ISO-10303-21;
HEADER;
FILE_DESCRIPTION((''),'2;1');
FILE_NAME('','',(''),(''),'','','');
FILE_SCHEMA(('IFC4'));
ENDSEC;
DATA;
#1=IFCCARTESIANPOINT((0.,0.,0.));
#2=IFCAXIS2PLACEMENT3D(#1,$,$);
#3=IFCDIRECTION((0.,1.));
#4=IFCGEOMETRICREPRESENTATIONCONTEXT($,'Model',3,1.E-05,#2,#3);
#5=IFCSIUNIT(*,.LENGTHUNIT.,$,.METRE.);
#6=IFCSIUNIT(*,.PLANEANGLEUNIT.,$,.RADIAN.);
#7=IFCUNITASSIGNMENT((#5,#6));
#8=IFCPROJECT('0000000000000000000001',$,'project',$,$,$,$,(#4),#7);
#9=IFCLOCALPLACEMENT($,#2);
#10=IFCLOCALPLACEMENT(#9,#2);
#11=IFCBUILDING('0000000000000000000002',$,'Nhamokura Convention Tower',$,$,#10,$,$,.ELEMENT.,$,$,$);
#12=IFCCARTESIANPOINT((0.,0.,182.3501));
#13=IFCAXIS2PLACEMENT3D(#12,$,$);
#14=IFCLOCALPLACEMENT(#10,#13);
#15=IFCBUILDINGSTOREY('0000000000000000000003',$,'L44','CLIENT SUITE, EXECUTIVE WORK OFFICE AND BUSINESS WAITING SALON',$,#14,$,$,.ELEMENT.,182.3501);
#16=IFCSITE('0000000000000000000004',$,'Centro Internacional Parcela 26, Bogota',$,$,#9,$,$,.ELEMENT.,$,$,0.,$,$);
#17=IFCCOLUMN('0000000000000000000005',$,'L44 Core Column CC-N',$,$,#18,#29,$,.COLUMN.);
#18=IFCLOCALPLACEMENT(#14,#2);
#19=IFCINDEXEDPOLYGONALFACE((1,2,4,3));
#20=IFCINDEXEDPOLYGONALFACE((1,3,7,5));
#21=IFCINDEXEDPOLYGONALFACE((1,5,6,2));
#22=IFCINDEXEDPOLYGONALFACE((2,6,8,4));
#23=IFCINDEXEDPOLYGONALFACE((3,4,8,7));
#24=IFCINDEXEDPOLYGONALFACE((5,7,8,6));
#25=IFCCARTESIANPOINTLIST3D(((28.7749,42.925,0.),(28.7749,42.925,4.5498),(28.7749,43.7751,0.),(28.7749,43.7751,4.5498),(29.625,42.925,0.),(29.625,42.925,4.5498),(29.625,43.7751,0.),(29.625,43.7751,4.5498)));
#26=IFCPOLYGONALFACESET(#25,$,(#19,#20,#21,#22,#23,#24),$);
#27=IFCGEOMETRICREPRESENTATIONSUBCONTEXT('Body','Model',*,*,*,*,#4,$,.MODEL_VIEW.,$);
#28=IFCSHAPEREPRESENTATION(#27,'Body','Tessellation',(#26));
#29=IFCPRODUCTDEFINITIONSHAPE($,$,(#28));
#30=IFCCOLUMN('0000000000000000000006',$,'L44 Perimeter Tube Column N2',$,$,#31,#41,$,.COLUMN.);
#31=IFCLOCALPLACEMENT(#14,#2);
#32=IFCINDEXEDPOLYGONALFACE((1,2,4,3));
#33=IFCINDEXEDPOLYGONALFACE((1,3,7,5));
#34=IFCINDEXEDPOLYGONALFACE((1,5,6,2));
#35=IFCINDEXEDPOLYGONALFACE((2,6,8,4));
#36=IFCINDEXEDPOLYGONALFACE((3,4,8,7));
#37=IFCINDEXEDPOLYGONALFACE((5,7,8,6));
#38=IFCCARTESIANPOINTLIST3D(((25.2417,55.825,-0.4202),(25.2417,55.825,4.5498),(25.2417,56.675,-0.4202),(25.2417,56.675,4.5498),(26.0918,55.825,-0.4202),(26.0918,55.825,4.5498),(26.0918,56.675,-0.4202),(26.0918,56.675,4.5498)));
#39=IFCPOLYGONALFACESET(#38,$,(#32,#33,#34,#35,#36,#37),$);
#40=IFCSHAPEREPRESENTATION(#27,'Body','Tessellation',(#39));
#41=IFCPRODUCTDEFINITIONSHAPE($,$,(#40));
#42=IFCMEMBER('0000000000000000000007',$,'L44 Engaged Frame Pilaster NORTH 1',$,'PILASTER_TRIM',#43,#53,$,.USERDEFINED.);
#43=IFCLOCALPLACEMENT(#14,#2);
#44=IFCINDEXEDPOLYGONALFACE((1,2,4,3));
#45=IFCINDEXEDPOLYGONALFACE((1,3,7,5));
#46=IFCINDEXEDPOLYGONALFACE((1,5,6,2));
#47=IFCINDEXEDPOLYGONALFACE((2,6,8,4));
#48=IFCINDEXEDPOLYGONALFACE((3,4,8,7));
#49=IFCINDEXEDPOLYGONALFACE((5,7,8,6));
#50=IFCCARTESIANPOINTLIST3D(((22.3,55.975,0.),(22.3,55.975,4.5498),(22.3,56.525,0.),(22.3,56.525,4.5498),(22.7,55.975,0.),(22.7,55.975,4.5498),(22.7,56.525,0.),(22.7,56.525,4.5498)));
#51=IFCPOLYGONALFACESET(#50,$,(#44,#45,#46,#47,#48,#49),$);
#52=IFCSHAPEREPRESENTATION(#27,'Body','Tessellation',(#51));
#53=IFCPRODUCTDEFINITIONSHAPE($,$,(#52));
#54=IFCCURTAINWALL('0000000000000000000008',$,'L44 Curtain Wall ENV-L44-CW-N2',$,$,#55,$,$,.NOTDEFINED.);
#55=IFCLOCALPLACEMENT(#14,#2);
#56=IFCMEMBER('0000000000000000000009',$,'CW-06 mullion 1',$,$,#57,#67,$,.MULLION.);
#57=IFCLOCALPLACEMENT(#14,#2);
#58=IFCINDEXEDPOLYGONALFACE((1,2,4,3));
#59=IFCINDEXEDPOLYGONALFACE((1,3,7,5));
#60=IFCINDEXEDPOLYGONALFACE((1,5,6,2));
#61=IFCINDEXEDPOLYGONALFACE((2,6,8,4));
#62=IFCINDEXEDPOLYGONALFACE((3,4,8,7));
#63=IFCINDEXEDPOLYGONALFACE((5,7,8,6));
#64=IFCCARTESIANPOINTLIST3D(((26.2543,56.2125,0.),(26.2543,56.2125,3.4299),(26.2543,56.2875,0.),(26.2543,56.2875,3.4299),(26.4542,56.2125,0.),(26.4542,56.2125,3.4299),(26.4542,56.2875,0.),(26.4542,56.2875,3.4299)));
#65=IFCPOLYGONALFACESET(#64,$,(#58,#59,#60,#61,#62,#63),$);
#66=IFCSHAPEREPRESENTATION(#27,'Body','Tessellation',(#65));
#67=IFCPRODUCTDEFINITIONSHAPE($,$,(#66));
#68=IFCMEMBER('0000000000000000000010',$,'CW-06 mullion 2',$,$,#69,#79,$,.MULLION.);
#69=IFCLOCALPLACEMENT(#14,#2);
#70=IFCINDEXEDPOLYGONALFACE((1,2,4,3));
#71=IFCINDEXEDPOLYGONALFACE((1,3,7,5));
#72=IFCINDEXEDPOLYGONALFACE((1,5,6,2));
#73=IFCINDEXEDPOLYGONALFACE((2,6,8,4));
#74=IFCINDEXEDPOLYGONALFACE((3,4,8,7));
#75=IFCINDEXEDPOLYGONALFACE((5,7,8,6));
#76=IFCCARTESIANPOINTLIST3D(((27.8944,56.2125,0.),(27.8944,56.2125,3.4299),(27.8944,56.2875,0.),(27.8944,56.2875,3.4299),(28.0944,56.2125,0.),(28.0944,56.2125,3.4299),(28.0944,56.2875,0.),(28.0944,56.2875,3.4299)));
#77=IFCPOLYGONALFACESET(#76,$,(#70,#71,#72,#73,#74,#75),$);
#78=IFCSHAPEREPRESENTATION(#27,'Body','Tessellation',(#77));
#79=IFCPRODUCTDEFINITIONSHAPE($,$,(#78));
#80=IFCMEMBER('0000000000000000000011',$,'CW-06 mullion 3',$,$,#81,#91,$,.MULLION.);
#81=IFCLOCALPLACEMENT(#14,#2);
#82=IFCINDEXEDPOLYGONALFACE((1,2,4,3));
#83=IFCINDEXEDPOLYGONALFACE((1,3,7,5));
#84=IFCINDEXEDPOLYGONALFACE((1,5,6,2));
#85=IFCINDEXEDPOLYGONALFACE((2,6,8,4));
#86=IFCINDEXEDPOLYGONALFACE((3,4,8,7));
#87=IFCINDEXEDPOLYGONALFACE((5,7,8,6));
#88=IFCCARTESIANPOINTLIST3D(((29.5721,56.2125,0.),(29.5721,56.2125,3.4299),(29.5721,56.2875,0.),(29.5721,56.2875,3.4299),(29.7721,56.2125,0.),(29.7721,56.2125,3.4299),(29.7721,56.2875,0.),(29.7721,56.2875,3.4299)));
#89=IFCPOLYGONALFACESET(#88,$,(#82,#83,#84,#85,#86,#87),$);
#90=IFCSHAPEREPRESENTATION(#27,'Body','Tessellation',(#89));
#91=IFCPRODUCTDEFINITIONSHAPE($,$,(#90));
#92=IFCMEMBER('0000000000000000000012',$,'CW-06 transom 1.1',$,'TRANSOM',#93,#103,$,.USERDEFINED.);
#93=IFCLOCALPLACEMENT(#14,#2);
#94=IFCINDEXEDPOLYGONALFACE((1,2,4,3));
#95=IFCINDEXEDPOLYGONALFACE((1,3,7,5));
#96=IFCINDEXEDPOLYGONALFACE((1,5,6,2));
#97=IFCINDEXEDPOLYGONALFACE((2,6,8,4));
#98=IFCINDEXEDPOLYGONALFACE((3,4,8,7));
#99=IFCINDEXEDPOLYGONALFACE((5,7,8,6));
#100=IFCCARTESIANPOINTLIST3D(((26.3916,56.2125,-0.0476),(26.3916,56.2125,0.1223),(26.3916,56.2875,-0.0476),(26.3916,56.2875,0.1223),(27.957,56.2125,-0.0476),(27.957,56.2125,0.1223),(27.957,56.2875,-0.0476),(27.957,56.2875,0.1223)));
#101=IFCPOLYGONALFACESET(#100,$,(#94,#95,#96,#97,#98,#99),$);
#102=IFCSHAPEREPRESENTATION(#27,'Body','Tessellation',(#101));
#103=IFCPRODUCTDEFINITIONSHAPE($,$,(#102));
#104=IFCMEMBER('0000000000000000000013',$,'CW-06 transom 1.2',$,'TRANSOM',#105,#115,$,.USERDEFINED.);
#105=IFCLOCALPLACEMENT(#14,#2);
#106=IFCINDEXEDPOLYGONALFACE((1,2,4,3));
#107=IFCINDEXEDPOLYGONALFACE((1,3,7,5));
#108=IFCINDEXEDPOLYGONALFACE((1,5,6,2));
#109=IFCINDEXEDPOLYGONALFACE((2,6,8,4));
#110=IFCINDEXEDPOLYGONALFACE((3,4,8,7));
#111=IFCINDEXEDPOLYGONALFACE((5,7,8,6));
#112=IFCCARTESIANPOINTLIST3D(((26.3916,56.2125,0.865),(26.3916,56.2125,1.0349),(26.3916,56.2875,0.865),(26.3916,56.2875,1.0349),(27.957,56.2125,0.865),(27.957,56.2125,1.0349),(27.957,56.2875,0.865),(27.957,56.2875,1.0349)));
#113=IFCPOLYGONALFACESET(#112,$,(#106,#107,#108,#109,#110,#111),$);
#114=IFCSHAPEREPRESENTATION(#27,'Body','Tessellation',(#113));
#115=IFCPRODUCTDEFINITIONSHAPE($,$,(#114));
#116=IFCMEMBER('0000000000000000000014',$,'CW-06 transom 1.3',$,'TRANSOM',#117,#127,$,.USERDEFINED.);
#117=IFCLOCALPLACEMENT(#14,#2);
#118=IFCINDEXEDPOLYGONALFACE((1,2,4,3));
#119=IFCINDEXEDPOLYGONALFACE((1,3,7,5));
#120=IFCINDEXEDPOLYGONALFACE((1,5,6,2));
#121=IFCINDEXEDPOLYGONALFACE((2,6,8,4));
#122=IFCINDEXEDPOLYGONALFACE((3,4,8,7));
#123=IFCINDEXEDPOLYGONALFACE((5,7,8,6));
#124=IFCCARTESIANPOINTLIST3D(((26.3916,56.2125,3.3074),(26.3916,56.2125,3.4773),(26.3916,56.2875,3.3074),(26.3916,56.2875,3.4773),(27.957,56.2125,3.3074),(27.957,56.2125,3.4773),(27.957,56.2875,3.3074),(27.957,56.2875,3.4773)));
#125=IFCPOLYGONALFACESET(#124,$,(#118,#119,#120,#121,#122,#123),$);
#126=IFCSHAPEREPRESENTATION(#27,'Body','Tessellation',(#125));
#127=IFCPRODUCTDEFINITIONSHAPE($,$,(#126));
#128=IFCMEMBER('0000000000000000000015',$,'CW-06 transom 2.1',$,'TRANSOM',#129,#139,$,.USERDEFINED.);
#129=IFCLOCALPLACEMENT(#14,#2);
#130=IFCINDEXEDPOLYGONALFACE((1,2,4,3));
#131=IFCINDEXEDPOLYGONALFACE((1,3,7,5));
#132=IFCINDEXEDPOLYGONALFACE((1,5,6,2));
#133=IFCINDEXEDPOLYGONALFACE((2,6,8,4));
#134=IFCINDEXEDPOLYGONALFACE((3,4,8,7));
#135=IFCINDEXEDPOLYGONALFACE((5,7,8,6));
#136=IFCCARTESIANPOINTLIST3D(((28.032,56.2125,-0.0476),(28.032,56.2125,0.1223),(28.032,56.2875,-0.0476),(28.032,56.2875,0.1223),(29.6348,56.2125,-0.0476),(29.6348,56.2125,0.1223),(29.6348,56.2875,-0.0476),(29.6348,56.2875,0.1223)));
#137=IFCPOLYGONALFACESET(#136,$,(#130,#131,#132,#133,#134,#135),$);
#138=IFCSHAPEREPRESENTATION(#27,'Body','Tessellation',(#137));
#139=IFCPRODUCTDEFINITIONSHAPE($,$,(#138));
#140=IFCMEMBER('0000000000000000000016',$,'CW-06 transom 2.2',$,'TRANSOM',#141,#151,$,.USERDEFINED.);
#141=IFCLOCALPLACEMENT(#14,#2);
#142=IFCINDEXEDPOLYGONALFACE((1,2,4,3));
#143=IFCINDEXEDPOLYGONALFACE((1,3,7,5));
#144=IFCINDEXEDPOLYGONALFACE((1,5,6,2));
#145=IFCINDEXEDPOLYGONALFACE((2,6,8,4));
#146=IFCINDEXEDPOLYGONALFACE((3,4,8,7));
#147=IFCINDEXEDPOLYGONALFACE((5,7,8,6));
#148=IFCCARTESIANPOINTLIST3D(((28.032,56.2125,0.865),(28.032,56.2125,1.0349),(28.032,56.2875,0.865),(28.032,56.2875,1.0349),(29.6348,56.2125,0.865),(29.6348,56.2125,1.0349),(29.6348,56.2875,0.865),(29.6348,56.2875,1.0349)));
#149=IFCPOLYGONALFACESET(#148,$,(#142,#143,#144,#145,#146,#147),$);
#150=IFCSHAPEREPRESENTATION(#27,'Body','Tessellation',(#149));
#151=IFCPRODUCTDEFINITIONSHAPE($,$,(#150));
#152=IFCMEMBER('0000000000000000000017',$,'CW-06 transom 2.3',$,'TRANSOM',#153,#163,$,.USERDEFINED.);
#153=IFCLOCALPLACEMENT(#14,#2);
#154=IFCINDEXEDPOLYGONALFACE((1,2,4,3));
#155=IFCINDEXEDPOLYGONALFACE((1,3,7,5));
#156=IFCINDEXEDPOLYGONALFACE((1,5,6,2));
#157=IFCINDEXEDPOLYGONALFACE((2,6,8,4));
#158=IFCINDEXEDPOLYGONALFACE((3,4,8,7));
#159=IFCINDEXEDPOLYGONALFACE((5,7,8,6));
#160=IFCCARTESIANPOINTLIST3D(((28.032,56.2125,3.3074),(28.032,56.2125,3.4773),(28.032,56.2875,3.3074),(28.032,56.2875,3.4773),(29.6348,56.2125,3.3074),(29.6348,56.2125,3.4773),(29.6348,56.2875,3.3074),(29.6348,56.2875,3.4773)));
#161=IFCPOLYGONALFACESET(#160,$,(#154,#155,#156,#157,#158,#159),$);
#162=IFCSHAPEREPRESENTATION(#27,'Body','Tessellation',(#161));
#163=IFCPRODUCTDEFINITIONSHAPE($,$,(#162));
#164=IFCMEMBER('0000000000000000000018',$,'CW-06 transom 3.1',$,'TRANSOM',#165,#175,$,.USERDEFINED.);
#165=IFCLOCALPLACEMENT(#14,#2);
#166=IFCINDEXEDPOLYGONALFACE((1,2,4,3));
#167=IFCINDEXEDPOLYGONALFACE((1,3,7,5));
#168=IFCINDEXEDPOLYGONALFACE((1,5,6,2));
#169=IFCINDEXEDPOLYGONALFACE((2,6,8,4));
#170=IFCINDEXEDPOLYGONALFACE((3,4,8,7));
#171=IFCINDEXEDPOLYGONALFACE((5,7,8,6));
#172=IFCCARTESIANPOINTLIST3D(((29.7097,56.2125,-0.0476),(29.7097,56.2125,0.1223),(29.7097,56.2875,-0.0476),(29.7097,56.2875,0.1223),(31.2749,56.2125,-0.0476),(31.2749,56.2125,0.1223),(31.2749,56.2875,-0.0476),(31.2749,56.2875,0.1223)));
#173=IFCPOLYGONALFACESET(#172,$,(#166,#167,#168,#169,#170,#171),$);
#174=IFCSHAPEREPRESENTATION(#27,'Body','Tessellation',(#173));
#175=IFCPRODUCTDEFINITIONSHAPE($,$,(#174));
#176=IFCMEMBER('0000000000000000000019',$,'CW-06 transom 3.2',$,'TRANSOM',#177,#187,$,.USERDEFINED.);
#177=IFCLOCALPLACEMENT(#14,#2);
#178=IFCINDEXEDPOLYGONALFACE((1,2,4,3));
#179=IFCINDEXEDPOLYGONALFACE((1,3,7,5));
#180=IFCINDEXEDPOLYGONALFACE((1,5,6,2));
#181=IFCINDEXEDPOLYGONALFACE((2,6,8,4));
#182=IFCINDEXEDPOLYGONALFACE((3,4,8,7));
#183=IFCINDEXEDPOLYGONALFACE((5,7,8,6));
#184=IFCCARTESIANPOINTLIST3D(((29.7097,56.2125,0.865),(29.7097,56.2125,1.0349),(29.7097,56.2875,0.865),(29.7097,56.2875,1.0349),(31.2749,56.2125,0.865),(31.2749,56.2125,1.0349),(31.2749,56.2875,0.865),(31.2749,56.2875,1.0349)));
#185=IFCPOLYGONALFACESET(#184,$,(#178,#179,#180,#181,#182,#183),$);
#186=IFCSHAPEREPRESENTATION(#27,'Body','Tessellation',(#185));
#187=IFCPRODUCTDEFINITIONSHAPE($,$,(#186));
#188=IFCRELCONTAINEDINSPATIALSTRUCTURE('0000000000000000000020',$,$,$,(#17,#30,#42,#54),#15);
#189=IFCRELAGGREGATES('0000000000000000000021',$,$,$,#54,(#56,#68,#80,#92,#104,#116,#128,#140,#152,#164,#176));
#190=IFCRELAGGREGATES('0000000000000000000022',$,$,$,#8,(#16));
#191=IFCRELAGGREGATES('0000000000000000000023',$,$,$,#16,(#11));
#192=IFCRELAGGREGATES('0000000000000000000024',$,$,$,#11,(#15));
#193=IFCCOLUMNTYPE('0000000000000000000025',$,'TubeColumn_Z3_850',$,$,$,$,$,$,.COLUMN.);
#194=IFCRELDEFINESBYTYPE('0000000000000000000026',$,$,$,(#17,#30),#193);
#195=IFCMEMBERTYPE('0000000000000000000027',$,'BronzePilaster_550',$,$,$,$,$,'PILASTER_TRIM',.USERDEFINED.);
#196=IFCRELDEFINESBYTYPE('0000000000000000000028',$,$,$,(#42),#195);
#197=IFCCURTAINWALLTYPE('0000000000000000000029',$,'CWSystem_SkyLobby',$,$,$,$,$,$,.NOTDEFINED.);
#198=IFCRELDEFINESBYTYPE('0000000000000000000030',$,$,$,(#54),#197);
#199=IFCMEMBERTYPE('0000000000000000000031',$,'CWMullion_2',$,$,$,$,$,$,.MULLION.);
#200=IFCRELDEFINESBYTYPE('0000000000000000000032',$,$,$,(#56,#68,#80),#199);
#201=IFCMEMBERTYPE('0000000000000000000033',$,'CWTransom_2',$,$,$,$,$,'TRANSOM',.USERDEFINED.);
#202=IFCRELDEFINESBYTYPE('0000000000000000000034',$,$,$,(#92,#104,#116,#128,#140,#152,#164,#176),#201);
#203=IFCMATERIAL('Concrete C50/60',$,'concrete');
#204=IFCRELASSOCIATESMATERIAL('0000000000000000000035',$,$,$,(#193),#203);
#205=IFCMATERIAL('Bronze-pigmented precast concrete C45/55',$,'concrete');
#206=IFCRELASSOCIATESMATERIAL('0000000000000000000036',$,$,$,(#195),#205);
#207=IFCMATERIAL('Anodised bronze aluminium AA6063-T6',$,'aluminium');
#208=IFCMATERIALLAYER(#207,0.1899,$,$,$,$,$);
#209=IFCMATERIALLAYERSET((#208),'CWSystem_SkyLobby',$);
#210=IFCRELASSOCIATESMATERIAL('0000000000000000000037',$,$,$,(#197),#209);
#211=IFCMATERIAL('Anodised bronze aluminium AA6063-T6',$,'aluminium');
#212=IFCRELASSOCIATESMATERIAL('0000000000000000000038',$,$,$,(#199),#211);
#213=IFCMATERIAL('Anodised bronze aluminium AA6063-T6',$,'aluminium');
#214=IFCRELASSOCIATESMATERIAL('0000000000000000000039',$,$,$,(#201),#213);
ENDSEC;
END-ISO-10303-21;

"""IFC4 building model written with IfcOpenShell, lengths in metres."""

from ifc_helpers import new_model, si_unit, direction, frame, origin, origin_2d, place, context, subcontext, project, spatial, rectangle, extrude, material, layer, layer_set, material_profile, profile_set, type_object, element, aggregate, save


model = new_model("IFC4")

# Units and contexts
model_context = context("Model", 3, precision=1e-05, world=origin(), true_north=direction((0.0, 1.0)))
body_context = subcontext(model_context, "Body", "Model", "MODEL_VIEW")
ifc_project = project(units=[si_unit("LENGTHUNIT", "METRE"), si_unit("PLANEANGLEUNIT", "RADIAN")], contexts=[model_context])

# Site, building, storey
site_placement = place(None, origin())
site = spatial("IfcSite", under=ifc_project, at=site_placement, Name="Centro Internacional Parcela 26, Bogota", CompositionType="ELEMENT", RefElevation=0.0)
building_placement = place(site_placement, origin())
building = spatial("IfcBuilding", under=site, at=building_placement, Name="Nhamokura Convention Tower", CompositionType="ELEMENT")
storey_placement = place(building_placement, frame((0.0, 0.0, 182.3501)))
storey = spatial("IfcBuildingStorey", under=building, at=storey_placement, Name="L44", Description="CLIENT SUITE, EXECUTIVE WORK OFFICE AND BUSINESS WAITING SALON", CompositionType="ELEMENT", Elevation=182.3501)

# Columns
ifc_material_1 = material(Name="Concrete C50/60", Category="concrete")
ifc_material_profile_1 = material_profile(ifc_material_1, rectangle(XDim=0.8501, YDim=0.8501, at=origin_2d()))
ifc_profile_set_1 = profile_set([ifc_material_profile_1], Name="Concrete C50/60")
column_type = type_object("IfcColumnType", Name="TubeColumn_Z3_850", PredefinedType="COLUMN", material=ifc_profile_set_1)
column_1_placement = place(storey_placement, frame((29.2, 43.3501, 0.0), z_axis=(0.0, 0.0, 1.0), x_axis=(1.0, 0.0, 0.0)))
element("IfcColumn", 1, at=column_1_placement, inside=storey, type_object=column_type, Name="L44 Core Column CC-N", PredefinedType="COLUMN", context=body_context, shape_type="SweptSolid", body=[
    extrude(rectangle(XDim=0.8501, YDim=0.8501, at=origin_2d()), origin(), (0.0, 0.0, 1.0), 4.5498),
])
column_2_placement = place(storey_placement, frame((25.6667, 56.25, -0.4202), z_axis=(0.0, 0.0, 1.0), x_axis=(1.0, 0.0, 0.0)))
element("IfcColumn", 2, at=column_2_placement, inside=storey, type_object=column_type, Name="L44 Perimeter Tube Column N2", PredefinedType="COLUMN", context=body_context, shape_type="SweptSolid", body=[
    extrude(rectangle(XDim=0.8501, YDim=0.8501, at=origin_2d()), origin(), (0.0, 0.0, 1.0), 4.97),
])

# Member
ifc_material_2 = material(Name="Bronze-pigmented precast concrete C45/55", Category="concrete")
ifc_material_profile_2 = material_profile(ifc_material_2, rectangle(XDim=0.3999, YDim=0.55, at=origin_2d()))
ifc_profile_set_2 = profile_set([ifc_material_profile_2], Name="Bronze-pigmented precast concrete C45/55")
member_type_1 = type_object("IfcMemberType", Name="BronzePilaster_550", ElementType="PILASTER_TRIM", PredefinedType="USERDEFINED", material=ifc_profile_set_2)
member_1_placement = place(storey_placement, frame((22.5, 56.25, 0.0), z_axis=(0.0, 0.0, 1.0), x_axis=(1.0, 0.0, 0.0)))
element("IfcMember", 3, at=member_1_placement, inside=storey, type_object=member_type_1, Name="L44 Engaged Frame Pilaster NORTH 1", ObjectType="PILASTER_TRIM", PredefinedType="USERDEFINED", context=body_context, shape_type="SweptSolid", body=[
    extrude(rectangle(XDim=0.3999, YDim=0.55, at=origin_2d()), origin(), (0.0, 0.0, 1.0), 4.5498),
])

# Curtain wall, members
ifc_material_3 = material(Name="Anodised bronze aluminium AA6063-T6", Category="aluminium")
ifc_layer_1 = layer(ifc_material_3, 0.1899)
ifc_layer_set_1 = layer_set([ifc_layer_1], Name="CWSystem_SkyLobby")
curtain_wall_type = type_object("IfcCurtainWallType", Name="CWSystem_SkyLobby", PredefinedType="NOTDEFINED", material=ifc_layer_set_1)
curtain_wall_placement = place(storey_placement, origin())
curtain_wall = element("IfcCurtainWall", 4, at=curtain_wall_placement, inside=storey, type_object=curtain_wall_type, Name="L44 Curtain Wall ENV-L44-CW-N2", PredefinedType="NOTDEFINED")
ifc_material_4 = material(Name="Anodised bronze aluminium AA6063-T6", Category="aluminium")
ifc_material_profile_3 = material_profile(ifc_material_4, rectangle(XDim=0.075, YDim=0.2, at=origin_2d()))
ifc_profile_set_3 = profile_set([ifc_material_profile_3], Name="Anodised bronze aluminium AA6063-T6")
member_type_2 = type_object("IfcMemberType", Name="CWMullion_2", PredefinedType="MULLION", material=ifc_profile_set_3)
member_2_placement = place(storey_placement, frame((26.3542, 56.25, 0.0), z_axis=(0.0, 0.0, 1.0), x_axis=(0.0, 1.0, 0.0)))
member_2 = element("IfcMember", 5, at=member_2_placement, type_object=member_type_2, Name="CW-06 mullion 1", PredefinedType="MULLION", context=body_context, shape_type="SweptSolid", body=[
    extrude(rectangle(XDim=0.075, YDim=0.2, at=origin_2d()), origin(), (0.0, 0.0, 1.0), 3.4299),
])
member_3_placement = place(storey_placement, frame((27.9944, 56.25, 0.0), z_axis=(0.0, 0.0, 1.0), x_axis=(0.0, 1.0, 0.0)))
member_3 = element("IfcMember", 6, at=member_3_placement, type_object=member_type_2, Name="CW-06 mullion 2", PredefinedType="MULLION", context=body_context, shape_type="SweptSolid", body=[
    extrude(rectangle(XDim=0.075, YDim=0.2, at=origin_2d()), origin(), (0.0, 0.0, 1.0), 3.4299),
])
member_4_placement = place(storey_placement, frame((29.6721, 56.25, 0.0), z_axis=(0.0, 0.0, 1.0), x_axis=(0.0, 1.0, 0.0)))
member_4 = element("IfcMember", 7, at=member_4_placement, type_object=member_type_2, Name="CW-06 mullion 3", PredefinedType="MULLION", context=body_context, shape_type="SweptSolid", body=[
    extrude(rectangle(XDim=0.075, YDim=0.2, at=origin_2d()), origin(), (0.0, 0.0, 1.0), 3.4299),
])
ifc_material_5 = material(Name="Anodised bronze aluminium AA6063-T6", Category="aluminium")
ifc_material_profile_4 = material_profile(ifc_material_5, rectangle(XDim=0.075, YDim=0.1699, at=origin_2d()))
ifc_profile_set_4 = profile_set([ifc_material_profile_4], Name="Anodised bronze aluminium AA6063-T6")
member_type_3 = type_object("IfcMemberType", Name="CWTransom_2", ElementType="TRANSOM", PredefinedType="USERDEFINED", material=ifc_profile_set_4)
member_5_placement = place(storey_placement, frame((26.3916, 56.25, 0.0374), z_axis=(1.0, 0.0, 0.0), x_axis=(0.0, 1.0, 0.0)))
member_5 = element("IfcMember", 8, at=member_5_placement, type_object=member_type_3, Name="CW-06 transom 1.1", ObjectType="TRANSOM", PredefinedType="USERDEFINED", context=body_context, shape_type="SweptSolid", body=[
    extrude(rectangle(XDim=0.075, YDim=0.1699, at=origin_2d()), origin(), (0.0, 0.0, 1.0), 1.5654),
])
member_6_placement = place(storey_placement, frame((26.3916, 56.25, 0.95), z_axis=(1.0, 0.0, 0.0), x_axis=(0.0, 1.0, 0.0)))
member_6 = element("IfcMember", 9, at=member_6_placement, type_object=member_type_3, Name="CW-06 transom 1.2", ObjectType="TRANSOM", PredefinedType="USERDEFINED", context=body_context, shape_type="SweptSolid", body=[
    extrude(rectangle(XDim=0.075, YDim=0.1699, at=origin_2d()), origin(), (0.0, 0.0, 1.0), 1.5654),
])
member_7_placement = place(storey_placement, frame((26.3916, 56.25, 3.3923), z_axis=(1.0, 0.0, 0.0), x_axis=(0.0, 1.0, 0.0)))
member_7 = element("IfcMember", 10, at=member_7_placement, type_object=member_type_3, Name="CW-06 transom 1.3", ObjectType="TRANSOM", PredefinedType="USERDEFINED", context=body_context, shape_type="SweptSolid", body=[
    extrude(rectangle(XDim=0.075, YDim=0.1699, at=origin_2d()), origin(), (0.0, 0.0, 1.0), 1.5654),
])
member_8_placement = place(storey_placement, frame((28.032, 56.25, 0.0374), z_axis=(1.0, 0.0, 0.0), x_axis=(0.0, 1.0, 0.0)))
member_8 = element("IfcMember", 11, at=member_8_placement, type_object=member_type_3, Name="CW-06 transom 2.1", ObjectType="TRANSOM", PredefinedType="USERDEFINED", context=body_context, shape_type="SweptSolid", body=[
    extrude(rectangle(XDim=0.075, YDim=0.1699, at=origin_2d()), origin(), (0.0, 0.0, 1.0), 1.6028),
])
member_9_placement = place(storey_placement, frame((28.032, 56.25, 0.95), z_axis=(1.0, 0.0, 0.0), x_axis=(0.0, 1.0, 0.0)))
member_9 = element("IfcMember", 12, at=member_9_placement, type_object=member_type_3, Name="CW-06 transom 2.2", ObjectType="TRANSOM", PredefinedType="USERDEFINED", context=body_context, shape_type="SweptSolid", body=[
    extrude(rectangle(XDim=0.075, YDim=0.1699, at=origin_2d()), origin(), (0.0, 0.0, 1.0), 1.6028),
])
member_10_placement = place(storey_placement, frame((28.032, 56.25, 3.3923), z_axis=(1.0, 0.0, 0.0), x_axis=(0.0, 1.0, 0.0)))
member_10 = element("IfcMember", 13, at=member_10_placement, type_object=member_type_3, Name="CW-06 transom 2.3", ObjectType="TRANSOM", PredefinedType="USERDEFINED", context=body_context, shape_type="SweptSolid", body=[
    extrude(rectangle(XDim=0.075, YDim=0.1699, at=origin_2d()), origin(), (0.0, 0.0, 1.0), 1.6028),
])
member_11_placement = place(storey_placement, frame((29.7097, 56.25, 0.0374), z_axis=(1.0, 0.0, 0.0), x_axis=(0.0, 1.0, 0.0)))
member_11 = element("IfcMember", 14, at=member_11_placement, type_object=member_type_3, Name="CW-06 transom 3.1", ObjectType="TRANSOM", PredefinedType="USERDEFINED", context=body_context, shape_type="SweptSolid", body=[
    extrude(rectangle(XDim=0.075, YDim=0.1699, at=origin_2d()), origin(), (0.0, 0.0, 1.0), 1.5652),
])
member_12_placement = place(storey_placement, frame((29.7097, 56.25, 0.95), z_axis=(1.0, 0.0, 0.0), x_axis=(0.0, 1.0, 0.0)))
member_12 = element("IfcMember", 15, at=member_12_placement, type_object=member_type_3, Name="CW-06 transom 3.2", ObjectType="TRANSOM", PredefinedType="USERDEFINED", context=body_context, shape_type="SweptSolid", body=[
    extrude(rectangle(XDim=0.075, YDim=0.1699, at=origin_2d()), origin(), (0.0, 0.0, 1.0), 1.5652),
])

aggregate(curtain_wall, [member_2, member_3, member_4, member_5, member_6, member_7, member_8, member_9, member_10, member_11, member_12])

save(model, "model.ifc")
